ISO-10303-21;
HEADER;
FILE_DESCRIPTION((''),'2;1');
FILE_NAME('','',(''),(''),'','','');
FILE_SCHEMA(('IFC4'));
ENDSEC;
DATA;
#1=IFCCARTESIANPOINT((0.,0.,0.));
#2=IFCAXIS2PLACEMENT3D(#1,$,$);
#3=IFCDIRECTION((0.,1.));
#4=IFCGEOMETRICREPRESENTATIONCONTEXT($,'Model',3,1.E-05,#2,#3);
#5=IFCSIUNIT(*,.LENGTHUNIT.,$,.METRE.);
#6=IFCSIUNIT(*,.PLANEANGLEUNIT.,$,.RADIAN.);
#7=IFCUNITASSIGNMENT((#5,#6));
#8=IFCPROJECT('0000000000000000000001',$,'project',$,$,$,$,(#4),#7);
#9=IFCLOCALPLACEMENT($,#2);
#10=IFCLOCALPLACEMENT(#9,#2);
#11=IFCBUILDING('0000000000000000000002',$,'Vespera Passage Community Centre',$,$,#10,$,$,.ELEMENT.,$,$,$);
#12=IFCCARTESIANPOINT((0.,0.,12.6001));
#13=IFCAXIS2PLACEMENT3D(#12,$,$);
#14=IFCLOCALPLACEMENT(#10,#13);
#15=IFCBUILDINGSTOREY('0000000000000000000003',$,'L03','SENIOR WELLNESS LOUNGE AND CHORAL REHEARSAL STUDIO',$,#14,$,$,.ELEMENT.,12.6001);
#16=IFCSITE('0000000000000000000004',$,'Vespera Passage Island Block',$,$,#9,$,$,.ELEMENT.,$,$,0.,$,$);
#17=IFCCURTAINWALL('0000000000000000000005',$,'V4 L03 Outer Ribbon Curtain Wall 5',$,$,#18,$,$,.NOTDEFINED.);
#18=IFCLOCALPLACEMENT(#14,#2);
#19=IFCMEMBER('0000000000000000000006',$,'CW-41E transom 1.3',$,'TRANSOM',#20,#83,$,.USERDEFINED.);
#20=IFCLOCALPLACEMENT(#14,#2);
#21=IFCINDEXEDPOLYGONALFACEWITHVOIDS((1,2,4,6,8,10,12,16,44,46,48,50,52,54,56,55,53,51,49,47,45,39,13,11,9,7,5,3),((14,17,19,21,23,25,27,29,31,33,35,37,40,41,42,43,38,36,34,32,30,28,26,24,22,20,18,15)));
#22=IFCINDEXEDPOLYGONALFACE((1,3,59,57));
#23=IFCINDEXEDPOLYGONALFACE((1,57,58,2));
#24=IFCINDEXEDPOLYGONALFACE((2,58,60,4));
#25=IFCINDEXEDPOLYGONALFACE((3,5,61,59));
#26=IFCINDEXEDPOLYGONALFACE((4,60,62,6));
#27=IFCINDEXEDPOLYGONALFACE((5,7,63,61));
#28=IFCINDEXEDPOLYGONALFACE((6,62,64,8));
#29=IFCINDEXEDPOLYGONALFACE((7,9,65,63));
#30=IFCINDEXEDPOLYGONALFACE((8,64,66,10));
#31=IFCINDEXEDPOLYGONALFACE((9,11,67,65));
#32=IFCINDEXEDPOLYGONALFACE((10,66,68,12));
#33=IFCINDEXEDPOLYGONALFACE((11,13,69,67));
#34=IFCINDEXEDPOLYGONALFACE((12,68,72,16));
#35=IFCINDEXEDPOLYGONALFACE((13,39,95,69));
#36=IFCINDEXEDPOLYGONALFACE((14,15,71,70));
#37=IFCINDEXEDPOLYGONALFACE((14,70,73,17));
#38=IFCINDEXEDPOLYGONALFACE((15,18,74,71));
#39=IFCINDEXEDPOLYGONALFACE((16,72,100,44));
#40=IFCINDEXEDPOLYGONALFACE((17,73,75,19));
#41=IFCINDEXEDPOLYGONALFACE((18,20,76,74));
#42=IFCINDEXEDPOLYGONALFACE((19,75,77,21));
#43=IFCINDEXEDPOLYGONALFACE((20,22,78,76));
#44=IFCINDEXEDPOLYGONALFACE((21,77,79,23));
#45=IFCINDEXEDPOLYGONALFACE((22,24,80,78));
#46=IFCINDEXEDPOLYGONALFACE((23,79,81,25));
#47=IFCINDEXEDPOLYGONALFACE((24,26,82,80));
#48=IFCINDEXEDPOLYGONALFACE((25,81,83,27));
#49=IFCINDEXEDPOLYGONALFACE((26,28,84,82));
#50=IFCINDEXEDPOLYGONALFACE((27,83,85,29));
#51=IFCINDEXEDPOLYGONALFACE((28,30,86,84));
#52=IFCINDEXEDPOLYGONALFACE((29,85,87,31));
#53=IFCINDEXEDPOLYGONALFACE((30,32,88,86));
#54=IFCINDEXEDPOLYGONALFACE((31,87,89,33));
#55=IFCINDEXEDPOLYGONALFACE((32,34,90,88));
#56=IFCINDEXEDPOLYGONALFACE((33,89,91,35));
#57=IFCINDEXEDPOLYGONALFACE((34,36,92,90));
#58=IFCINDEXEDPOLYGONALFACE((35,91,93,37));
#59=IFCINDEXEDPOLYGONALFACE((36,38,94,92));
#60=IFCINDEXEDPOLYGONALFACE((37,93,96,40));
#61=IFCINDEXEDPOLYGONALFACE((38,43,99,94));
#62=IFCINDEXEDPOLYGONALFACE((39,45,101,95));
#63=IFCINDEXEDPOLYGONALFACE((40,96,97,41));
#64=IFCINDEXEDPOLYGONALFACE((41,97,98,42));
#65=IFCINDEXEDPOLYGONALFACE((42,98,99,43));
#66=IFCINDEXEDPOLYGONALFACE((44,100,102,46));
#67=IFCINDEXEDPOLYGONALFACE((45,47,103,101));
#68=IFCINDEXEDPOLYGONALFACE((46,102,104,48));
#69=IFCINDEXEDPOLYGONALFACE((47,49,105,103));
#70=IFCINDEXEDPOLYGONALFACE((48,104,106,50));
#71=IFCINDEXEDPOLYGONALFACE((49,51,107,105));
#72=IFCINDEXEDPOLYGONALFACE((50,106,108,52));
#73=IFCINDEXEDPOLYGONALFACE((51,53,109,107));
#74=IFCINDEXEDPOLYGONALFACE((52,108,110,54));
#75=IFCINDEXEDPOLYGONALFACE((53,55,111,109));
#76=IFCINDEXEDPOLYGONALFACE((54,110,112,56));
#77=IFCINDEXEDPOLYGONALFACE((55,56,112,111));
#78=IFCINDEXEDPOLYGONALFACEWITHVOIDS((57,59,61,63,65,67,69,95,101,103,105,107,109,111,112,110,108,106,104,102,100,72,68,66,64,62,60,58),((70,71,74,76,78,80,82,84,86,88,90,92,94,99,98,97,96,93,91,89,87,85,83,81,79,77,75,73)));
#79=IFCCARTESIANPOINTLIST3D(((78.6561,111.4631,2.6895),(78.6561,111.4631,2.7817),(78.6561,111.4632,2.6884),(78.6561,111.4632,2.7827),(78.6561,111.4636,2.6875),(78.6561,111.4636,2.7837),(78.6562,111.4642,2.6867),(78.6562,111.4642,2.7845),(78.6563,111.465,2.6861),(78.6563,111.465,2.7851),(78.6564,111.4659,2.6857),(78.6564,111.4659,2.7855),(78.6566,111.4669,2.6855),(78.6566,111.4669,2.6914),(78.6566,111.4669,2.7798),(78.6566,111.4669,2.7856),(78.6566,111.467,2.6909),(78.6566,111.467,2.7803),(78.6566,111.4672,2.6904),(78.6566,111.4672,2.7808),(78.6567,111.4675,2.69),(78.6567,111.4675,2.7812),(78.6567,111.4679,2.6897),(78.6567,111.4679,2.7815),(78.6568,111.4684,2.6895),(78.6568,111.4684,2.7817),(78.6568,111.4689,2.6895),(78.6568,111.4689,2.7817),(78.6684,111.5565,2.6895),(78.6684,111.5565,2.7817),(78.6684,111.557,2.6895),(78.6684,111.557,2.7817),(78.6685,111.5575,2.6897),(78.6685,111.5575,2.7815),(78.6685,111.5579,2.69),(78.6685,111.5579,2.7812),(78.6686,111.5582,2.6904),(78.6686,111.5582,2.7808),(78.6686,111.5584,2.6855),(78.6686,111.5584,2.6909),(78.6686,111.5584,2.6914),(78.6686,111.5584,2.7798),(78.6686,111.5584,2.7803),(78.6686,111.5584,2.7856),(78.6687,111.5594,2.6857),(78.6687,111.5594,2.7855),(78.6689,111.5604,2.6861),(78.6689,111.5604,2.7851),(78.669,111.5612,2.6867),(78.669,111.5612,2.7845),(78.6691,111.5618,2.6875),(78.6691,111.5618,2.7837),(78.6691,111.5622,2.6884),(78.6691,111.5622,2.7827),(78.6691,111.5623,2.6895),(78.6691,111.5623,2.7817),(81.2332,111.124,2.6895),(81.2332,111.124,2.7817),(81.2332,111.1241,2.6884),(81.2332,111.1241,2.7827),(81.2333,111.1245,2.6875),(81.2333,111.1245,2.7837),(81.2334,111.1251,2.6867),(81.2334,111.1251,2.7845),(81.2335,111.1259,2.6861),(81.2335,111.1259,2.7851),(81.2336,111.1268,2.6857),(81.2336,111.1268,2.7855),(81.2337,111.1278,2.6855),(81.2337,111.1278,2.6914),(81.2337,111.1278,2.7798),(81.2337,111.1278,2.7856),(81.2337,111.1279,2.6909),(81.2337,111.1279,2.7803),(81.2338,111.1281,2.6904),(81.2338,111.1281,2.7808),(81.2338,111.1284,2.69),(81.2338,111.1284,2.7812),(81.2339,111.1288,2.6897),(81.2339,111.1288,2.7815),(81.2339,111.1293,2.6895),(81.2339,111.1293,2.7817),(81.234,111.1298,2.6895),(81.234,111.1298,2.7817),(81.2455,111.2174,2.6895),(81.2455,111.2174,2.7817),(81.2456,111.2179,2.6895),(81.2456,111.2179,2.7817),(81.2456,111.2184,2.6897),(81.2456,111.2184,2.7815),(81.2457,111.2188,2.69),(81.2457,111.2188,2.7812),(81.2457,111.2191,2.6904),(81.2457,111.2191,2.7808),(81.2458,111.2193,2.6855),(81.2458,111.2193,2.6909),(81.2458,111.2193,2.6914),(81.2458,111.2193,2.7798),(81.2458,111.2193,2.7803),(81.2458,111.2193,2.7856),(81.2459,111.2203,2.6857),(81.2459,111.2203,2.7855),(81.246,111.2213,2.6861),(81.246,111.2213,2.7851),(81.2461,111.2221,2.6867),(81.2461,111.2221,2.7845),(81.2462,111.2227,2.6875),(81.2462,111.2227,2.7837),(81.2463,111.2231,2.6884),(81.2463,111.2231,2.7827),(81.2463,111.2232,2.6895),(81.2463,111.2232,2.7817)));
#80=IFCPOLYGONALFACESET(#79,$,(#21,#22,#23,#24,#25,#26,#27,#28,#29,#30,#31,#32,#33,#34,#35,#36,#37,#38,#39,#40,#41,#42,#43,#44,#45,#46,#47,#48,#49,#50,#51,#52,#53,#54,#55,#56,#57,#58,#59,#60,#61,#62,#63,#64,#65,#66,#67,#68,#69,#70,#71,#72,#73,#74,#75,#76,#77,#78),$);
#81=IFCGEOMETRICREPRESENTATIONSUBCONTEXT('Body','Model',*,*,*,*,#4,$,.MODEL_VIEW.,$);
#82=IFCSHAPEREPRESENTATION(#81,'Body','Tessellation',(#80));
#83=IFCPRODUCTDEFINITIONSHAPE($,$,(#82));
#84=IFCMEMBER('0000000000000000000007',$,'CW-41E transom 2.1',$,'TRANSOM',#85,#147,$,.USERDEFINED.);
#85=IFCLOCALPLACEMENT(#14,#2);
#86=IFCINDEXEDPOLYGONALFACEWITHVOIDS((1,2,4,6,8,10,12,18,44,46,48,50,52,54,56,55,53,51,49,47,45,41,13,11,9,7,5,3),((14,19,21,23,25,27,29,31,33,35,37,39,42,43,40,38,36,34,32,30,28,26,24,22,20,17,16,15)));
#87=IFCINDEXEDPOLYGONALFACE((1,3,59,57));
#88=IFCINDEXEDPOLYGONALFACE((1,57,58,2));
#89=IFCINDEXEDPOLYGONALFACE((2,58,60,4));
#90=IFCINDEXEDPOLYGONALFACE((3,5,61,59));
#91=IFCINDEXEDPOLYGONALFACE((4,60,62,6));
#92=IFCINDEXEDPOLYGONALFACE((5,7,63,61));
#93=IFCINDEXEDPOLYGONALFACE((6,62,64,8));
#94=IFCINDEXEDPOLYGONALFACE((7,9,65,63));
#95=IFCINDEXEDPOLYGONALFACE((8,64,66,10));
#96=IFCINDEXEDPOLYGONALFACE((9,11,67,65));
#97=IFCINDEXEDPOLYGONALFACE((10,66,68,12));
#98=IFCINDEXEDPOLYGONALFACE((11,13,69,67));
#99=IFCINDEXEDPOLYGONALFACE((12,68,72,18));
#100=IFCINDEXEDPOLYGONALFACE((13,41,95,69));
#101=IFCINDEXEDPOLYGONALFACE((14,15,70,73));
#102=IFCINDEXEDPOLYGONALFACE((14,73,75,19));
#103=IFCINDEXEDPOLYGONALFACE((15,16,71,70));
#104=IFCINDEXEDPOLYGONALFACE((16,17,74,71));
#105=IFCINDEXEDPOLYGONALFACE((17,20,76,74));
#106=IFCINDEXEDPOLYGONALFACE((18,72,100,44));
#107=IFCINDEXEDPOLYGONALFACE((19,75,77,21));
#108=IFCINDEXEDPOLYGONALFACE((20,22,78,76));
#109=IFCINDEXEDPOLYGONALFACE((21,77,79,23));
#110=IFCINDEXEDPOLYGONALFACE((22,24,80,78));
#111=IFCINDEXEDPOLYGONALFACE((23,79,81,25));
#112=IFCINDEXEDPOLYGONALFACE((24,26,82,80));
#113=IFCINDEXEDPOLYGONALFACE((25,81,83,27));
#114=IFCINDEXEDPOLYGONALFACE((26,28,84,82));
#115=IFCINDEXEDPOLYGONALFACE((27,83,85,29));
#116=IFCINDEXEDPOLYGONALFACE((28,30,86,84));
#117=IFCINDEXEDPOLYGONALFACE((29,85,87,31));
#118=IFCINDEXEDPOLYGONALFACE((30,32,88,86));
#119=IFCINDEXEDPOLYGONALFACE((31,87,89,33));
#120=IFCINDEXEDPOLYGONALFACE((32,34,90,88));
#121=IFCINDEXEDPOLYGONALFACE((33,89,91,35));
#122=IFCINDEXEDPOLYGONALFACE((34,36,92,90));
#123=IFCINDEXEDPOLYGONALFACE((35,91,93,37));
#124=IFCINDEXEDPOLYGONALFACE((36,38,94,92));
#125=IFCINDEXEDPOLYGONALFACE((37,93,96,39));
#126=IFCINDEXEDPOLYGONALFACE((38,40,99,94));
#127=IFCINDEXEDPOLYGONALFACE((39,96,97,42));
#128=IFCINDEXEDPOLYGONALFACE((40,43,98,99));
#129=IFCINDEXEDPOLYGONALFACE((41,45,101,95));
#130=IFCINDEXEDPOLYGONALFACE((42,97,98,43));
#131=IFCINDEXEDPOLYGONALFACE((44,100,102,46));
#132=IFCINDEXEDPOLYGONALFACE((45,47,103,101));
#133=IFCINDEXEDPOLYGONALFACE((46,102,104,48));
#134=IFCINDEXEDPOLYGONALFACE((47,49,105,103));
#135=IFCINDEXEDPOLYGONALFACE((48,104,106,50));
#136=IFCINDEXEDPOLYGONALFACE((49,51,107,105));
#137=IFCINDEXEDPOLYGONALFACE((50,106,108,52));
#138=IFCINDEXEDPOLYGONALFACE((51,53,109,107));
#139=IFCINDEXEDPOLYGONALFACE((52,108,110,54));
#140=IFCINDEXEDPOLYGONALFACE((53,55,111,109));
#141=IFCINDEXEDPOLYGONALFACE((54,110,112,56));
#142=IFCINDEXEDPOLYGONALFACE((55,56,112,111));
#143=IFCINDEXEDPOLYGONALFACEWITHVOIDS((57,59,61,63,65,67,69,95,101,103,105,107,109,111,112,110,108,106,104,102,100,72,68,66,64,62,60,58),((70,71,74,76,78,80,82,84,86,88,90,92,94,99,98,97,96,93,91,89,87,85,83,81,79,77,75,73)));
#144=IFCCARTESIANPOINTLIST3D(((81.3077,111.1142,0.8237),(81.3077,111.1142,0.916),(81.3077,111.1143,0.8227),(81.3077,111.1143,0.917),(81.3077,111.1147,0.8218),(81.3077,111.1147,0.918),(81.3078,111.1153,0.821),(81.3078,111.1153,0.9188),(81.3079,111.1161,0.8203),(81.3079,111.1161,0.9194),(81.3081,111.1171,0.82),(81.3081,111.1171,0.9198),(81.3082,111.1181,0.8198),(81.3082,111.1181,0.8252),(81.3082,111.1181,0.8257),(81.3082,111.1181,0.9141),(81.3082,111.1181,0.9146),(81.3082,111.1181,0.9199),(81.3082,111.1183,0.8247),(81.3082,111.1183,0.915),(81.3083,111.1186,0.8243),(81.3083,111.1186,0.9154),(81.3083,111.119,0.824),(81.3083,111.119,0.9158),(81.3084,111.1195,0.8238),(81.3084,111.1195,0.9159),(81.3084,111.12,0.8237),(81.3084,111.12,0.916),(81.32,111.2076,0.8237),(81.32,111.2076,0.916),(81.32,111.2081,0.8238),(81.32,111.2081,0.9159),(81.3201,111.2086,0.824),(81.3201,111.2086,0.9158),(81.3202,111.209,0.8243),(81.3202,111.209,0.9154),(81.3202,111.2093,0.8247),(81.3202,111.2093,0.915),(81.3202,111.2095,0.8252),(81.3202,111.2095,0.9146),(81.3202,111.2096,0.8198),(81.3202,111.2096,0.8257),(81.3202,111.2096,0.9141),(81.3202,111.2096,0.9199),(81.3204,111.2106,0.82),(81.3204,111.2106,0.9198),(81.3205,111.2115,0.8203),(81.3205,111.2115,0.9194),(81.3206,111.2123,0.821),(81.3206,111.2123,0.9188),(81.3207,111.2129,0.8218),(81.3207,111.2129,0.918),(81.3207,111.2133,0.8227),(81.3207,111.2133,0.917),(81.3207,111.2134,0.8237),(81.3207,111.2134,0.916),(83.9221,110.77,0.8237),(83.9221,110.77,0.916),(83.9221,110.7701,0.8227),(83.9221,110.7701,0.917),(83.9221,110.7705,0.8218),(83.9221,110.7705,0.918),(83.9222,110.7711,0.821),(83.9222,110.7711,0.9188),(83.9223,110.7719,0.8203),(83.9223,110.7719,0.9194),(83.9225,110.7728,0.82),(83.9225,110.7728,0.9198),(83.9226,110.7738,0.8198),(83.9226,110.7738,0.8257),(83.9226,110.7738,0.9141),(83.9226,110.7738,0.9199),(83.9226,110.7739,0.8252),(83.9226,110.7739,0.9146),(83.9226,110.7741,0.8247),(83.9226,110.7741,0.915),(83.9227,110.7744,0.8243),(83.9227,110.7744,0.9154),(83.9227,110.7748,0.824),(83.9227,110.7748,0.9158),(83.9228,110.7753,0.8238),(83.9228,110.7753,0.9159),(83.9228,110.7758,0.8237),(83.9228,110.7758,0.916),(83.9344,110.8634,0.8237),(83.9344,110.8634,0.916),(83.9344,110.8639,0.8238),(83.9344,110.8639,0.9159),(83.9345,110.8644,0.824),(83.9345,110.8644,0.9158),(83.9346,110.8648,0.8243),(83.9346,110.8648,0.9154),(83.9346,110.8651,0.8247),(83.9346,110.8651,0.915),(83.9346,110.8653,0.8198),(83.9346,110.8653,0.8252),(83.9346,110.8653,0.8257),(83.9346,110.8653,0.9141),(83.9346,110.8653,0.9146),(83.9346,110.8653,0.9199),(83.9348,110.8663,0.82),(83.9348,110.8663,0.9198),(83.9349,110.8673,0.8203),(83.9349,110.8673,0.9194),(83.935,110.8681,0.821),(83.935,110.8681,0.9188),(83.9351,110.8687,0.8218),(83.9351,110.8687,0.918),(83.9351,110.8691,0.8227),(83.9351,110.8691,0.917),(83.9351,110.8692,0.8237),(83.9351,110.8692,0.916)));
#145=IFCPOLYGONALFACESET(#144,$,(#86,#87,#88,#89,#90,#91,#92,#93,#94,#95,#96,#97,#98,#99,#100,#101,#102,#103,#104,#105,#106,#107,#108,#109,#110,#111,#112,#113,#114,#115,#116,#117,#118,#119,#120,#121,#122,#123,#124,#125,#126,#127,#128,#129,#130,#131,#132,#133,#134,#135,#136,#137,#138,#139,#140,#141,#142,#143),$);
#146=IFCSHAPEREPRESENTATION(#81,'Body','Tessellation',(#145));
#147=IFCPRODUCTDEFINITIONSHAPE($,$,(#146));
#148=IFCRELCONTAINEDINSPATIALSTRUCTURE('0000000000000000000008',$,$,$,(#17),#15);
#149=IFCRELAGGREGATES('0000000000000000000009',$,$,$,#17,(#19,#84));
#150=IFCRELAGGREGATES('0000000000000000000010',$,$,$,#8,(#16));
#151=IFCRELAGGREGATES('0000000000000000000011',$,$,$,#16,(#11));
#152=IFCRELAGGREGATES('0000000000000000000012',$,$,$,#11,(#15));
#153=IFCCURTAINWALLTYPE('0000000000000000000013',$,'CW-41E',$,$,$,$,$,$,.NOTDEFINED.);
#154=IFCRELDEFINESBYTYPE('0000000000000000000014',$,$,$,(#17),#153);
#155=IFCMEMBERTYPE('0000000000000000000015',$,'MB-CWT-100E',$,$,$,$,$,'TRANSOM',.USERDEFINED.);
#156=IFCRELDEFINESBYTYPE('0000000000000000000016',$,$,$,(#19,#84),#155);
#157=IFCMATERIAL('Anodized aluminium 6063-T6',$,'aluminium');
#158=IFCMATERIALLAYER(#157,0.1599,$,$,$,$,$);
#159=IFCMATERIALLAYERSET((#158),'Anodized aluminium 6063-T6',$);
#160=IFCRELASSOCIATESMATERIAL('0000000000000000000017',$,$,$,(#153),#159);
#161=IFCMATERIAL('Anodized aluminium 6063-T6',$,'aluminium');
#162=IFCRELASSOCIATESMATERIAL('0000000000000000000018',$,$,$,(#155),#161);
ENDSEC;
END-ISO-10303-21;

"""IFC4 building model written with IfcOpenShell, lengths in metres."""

from ifc_helpers import new_model, si_unit, direction, frame, origin, origin_2d, place, context, subcontext, project, spatial, hollow_rectangle, extrude, material, layer, layer_set, material_profile, profile_set, type_object, element, aggregate, save


model = new_model("IFC4")

# Units and contexts
model_context = context("Model", 3, precision=1e-05, world=origin(), true_north=direction((0.0, 1.0)))
body_context = subcontext(model_context, "Body", "Model", "MODEL_VIEW")
ifc_project = project(units=[si_unit("LENGTHUNIT", "METRE"), si_unit("PLANEANGLEUNIT", "RADIAN")], contexts=[model_context])

# Site, building, storey
site_placement = place(None, origin())
site = spatial("IfcSite", under=ifc_project, at=site_placement, Name="Vespera Passage Island Block", CompositionType="ELEMENT", RefElevation=0.0)
building_placement = place(site_placement, origin())
building = spatial("IfcBuilding", under=site, at=building_placement, Name="Vespera Passage Community Centre", CompositionType="ELEMENT")
storey_placement = place(building_placement, frame((0.0, 0.0, 12.6001)))
storey = spatial("IfcBuildingStorey", under=building, at=storey_placement, Name="L03", Description="SENIOR WELLNESS LOUNGE AND CHORAL REHEARSAL STUDIO", CompositionType="ELEMENT", Elevation=12.6001)

# Curtain wall, members
ifc_material_1 = material(Name="Anodized aluminium 6063-T6", Category="aluminium")
ifc_layer_1 = layer(ifc_material_1, 0.1599)
ifc_layer_set_1 = layer_set([ifc_layer_1], Name="Anodized aluminium 6063-T6")
curtain_wall_type = type_object("IfcCurtainWallType", Name="CW-41E", PredefinedType="NOTDEFINED", material=ifc_layer_set_1)
curtain_wall_placement = place(storey_placement, origin())
curtain_wall = element("IfcCurtainWall", 1, at=curtain_wall_placement, inside=storey, type_object=curtain_wall_type, Name="V4 L03 Outer Ribbon Curtain Wall 5", PredefinedType="NOTDEFINED")
ifc_material_2 = material(Name="Anodized aluminium 6063-T6", Category="aluminium")
ifc_material_profile_1 = material_profile(ifc_material_2, hollow_rectangle(XDim=0.1001, YDim=0.1001, WallThickness=0.0039, InnerFilletRadius=0.002, OuterFilletRadius=0.0039, at=origin_2d()), Name="ALU100X100X4")
ifc_profile_set_1 = profile_set([ifc_material_profile_1], Name="Anodized aluminium 6063-T6")
member_type_1 = type_object("IfcMemberType", Name="MB-CWT-100E", ElementType="TRANSOM", PredefinedType="USERDEFINED", material=ifc_profile_set_1)
member_1_placement = place(storey_placement, frame((78.6626, 111.5127, 2.7356), z_axis=(0.991454, -0.130459, 0.0), x_axis=(0.130459, 0.991454, 0.0)))
member_1 = element("IfcMember", 2, at=member_1_placement, type_object=member_type_1, Name="CW-41E transom 1.3", ObjectType="TRANSOM", PredefinedType="USERDEFINED", context=body_context, shape_type="SweptSolid", body=[
    extrude(hollow_rectangle(XDim=0.1001, YDim=0.1001, WallThickness=0.0039, InnerFilletRadius=0.002, OuterFilletRadius=0.0039, at=origin_2d()), origin(), (0.0, 0.0, 1.0), 2.5994),
])
member_2_placement = place(storey_placement, frame((81.3142, 111.1638, 0.8699), z_axis=(0.991443, -0.130538, 0.0), x_axis=(0.130538, 0.991443, 0.0)))
member_2 = element("IfcMember", 3, at=member_2_placement, type_object=member_type_1, Name="CW-41E transom 2.1", ObjectType="TRANSOM", PredefinedType="USERDEFINED", context=body_context, shape_type="SweptSolid", body=[
    extrude(hollow_rectangle(XDim=0.1001, YDim=0.1001, WallThickness=0.0039, InnerFilletRadius=0.002, OuterFilletRadius=0.0039, at=origin_2d()), origin(), (0.0, 0.0, 1.0), 2.637),
])
aggregate(curtain_wall, [member_1, member_2])

save(model, "model.ifc")
